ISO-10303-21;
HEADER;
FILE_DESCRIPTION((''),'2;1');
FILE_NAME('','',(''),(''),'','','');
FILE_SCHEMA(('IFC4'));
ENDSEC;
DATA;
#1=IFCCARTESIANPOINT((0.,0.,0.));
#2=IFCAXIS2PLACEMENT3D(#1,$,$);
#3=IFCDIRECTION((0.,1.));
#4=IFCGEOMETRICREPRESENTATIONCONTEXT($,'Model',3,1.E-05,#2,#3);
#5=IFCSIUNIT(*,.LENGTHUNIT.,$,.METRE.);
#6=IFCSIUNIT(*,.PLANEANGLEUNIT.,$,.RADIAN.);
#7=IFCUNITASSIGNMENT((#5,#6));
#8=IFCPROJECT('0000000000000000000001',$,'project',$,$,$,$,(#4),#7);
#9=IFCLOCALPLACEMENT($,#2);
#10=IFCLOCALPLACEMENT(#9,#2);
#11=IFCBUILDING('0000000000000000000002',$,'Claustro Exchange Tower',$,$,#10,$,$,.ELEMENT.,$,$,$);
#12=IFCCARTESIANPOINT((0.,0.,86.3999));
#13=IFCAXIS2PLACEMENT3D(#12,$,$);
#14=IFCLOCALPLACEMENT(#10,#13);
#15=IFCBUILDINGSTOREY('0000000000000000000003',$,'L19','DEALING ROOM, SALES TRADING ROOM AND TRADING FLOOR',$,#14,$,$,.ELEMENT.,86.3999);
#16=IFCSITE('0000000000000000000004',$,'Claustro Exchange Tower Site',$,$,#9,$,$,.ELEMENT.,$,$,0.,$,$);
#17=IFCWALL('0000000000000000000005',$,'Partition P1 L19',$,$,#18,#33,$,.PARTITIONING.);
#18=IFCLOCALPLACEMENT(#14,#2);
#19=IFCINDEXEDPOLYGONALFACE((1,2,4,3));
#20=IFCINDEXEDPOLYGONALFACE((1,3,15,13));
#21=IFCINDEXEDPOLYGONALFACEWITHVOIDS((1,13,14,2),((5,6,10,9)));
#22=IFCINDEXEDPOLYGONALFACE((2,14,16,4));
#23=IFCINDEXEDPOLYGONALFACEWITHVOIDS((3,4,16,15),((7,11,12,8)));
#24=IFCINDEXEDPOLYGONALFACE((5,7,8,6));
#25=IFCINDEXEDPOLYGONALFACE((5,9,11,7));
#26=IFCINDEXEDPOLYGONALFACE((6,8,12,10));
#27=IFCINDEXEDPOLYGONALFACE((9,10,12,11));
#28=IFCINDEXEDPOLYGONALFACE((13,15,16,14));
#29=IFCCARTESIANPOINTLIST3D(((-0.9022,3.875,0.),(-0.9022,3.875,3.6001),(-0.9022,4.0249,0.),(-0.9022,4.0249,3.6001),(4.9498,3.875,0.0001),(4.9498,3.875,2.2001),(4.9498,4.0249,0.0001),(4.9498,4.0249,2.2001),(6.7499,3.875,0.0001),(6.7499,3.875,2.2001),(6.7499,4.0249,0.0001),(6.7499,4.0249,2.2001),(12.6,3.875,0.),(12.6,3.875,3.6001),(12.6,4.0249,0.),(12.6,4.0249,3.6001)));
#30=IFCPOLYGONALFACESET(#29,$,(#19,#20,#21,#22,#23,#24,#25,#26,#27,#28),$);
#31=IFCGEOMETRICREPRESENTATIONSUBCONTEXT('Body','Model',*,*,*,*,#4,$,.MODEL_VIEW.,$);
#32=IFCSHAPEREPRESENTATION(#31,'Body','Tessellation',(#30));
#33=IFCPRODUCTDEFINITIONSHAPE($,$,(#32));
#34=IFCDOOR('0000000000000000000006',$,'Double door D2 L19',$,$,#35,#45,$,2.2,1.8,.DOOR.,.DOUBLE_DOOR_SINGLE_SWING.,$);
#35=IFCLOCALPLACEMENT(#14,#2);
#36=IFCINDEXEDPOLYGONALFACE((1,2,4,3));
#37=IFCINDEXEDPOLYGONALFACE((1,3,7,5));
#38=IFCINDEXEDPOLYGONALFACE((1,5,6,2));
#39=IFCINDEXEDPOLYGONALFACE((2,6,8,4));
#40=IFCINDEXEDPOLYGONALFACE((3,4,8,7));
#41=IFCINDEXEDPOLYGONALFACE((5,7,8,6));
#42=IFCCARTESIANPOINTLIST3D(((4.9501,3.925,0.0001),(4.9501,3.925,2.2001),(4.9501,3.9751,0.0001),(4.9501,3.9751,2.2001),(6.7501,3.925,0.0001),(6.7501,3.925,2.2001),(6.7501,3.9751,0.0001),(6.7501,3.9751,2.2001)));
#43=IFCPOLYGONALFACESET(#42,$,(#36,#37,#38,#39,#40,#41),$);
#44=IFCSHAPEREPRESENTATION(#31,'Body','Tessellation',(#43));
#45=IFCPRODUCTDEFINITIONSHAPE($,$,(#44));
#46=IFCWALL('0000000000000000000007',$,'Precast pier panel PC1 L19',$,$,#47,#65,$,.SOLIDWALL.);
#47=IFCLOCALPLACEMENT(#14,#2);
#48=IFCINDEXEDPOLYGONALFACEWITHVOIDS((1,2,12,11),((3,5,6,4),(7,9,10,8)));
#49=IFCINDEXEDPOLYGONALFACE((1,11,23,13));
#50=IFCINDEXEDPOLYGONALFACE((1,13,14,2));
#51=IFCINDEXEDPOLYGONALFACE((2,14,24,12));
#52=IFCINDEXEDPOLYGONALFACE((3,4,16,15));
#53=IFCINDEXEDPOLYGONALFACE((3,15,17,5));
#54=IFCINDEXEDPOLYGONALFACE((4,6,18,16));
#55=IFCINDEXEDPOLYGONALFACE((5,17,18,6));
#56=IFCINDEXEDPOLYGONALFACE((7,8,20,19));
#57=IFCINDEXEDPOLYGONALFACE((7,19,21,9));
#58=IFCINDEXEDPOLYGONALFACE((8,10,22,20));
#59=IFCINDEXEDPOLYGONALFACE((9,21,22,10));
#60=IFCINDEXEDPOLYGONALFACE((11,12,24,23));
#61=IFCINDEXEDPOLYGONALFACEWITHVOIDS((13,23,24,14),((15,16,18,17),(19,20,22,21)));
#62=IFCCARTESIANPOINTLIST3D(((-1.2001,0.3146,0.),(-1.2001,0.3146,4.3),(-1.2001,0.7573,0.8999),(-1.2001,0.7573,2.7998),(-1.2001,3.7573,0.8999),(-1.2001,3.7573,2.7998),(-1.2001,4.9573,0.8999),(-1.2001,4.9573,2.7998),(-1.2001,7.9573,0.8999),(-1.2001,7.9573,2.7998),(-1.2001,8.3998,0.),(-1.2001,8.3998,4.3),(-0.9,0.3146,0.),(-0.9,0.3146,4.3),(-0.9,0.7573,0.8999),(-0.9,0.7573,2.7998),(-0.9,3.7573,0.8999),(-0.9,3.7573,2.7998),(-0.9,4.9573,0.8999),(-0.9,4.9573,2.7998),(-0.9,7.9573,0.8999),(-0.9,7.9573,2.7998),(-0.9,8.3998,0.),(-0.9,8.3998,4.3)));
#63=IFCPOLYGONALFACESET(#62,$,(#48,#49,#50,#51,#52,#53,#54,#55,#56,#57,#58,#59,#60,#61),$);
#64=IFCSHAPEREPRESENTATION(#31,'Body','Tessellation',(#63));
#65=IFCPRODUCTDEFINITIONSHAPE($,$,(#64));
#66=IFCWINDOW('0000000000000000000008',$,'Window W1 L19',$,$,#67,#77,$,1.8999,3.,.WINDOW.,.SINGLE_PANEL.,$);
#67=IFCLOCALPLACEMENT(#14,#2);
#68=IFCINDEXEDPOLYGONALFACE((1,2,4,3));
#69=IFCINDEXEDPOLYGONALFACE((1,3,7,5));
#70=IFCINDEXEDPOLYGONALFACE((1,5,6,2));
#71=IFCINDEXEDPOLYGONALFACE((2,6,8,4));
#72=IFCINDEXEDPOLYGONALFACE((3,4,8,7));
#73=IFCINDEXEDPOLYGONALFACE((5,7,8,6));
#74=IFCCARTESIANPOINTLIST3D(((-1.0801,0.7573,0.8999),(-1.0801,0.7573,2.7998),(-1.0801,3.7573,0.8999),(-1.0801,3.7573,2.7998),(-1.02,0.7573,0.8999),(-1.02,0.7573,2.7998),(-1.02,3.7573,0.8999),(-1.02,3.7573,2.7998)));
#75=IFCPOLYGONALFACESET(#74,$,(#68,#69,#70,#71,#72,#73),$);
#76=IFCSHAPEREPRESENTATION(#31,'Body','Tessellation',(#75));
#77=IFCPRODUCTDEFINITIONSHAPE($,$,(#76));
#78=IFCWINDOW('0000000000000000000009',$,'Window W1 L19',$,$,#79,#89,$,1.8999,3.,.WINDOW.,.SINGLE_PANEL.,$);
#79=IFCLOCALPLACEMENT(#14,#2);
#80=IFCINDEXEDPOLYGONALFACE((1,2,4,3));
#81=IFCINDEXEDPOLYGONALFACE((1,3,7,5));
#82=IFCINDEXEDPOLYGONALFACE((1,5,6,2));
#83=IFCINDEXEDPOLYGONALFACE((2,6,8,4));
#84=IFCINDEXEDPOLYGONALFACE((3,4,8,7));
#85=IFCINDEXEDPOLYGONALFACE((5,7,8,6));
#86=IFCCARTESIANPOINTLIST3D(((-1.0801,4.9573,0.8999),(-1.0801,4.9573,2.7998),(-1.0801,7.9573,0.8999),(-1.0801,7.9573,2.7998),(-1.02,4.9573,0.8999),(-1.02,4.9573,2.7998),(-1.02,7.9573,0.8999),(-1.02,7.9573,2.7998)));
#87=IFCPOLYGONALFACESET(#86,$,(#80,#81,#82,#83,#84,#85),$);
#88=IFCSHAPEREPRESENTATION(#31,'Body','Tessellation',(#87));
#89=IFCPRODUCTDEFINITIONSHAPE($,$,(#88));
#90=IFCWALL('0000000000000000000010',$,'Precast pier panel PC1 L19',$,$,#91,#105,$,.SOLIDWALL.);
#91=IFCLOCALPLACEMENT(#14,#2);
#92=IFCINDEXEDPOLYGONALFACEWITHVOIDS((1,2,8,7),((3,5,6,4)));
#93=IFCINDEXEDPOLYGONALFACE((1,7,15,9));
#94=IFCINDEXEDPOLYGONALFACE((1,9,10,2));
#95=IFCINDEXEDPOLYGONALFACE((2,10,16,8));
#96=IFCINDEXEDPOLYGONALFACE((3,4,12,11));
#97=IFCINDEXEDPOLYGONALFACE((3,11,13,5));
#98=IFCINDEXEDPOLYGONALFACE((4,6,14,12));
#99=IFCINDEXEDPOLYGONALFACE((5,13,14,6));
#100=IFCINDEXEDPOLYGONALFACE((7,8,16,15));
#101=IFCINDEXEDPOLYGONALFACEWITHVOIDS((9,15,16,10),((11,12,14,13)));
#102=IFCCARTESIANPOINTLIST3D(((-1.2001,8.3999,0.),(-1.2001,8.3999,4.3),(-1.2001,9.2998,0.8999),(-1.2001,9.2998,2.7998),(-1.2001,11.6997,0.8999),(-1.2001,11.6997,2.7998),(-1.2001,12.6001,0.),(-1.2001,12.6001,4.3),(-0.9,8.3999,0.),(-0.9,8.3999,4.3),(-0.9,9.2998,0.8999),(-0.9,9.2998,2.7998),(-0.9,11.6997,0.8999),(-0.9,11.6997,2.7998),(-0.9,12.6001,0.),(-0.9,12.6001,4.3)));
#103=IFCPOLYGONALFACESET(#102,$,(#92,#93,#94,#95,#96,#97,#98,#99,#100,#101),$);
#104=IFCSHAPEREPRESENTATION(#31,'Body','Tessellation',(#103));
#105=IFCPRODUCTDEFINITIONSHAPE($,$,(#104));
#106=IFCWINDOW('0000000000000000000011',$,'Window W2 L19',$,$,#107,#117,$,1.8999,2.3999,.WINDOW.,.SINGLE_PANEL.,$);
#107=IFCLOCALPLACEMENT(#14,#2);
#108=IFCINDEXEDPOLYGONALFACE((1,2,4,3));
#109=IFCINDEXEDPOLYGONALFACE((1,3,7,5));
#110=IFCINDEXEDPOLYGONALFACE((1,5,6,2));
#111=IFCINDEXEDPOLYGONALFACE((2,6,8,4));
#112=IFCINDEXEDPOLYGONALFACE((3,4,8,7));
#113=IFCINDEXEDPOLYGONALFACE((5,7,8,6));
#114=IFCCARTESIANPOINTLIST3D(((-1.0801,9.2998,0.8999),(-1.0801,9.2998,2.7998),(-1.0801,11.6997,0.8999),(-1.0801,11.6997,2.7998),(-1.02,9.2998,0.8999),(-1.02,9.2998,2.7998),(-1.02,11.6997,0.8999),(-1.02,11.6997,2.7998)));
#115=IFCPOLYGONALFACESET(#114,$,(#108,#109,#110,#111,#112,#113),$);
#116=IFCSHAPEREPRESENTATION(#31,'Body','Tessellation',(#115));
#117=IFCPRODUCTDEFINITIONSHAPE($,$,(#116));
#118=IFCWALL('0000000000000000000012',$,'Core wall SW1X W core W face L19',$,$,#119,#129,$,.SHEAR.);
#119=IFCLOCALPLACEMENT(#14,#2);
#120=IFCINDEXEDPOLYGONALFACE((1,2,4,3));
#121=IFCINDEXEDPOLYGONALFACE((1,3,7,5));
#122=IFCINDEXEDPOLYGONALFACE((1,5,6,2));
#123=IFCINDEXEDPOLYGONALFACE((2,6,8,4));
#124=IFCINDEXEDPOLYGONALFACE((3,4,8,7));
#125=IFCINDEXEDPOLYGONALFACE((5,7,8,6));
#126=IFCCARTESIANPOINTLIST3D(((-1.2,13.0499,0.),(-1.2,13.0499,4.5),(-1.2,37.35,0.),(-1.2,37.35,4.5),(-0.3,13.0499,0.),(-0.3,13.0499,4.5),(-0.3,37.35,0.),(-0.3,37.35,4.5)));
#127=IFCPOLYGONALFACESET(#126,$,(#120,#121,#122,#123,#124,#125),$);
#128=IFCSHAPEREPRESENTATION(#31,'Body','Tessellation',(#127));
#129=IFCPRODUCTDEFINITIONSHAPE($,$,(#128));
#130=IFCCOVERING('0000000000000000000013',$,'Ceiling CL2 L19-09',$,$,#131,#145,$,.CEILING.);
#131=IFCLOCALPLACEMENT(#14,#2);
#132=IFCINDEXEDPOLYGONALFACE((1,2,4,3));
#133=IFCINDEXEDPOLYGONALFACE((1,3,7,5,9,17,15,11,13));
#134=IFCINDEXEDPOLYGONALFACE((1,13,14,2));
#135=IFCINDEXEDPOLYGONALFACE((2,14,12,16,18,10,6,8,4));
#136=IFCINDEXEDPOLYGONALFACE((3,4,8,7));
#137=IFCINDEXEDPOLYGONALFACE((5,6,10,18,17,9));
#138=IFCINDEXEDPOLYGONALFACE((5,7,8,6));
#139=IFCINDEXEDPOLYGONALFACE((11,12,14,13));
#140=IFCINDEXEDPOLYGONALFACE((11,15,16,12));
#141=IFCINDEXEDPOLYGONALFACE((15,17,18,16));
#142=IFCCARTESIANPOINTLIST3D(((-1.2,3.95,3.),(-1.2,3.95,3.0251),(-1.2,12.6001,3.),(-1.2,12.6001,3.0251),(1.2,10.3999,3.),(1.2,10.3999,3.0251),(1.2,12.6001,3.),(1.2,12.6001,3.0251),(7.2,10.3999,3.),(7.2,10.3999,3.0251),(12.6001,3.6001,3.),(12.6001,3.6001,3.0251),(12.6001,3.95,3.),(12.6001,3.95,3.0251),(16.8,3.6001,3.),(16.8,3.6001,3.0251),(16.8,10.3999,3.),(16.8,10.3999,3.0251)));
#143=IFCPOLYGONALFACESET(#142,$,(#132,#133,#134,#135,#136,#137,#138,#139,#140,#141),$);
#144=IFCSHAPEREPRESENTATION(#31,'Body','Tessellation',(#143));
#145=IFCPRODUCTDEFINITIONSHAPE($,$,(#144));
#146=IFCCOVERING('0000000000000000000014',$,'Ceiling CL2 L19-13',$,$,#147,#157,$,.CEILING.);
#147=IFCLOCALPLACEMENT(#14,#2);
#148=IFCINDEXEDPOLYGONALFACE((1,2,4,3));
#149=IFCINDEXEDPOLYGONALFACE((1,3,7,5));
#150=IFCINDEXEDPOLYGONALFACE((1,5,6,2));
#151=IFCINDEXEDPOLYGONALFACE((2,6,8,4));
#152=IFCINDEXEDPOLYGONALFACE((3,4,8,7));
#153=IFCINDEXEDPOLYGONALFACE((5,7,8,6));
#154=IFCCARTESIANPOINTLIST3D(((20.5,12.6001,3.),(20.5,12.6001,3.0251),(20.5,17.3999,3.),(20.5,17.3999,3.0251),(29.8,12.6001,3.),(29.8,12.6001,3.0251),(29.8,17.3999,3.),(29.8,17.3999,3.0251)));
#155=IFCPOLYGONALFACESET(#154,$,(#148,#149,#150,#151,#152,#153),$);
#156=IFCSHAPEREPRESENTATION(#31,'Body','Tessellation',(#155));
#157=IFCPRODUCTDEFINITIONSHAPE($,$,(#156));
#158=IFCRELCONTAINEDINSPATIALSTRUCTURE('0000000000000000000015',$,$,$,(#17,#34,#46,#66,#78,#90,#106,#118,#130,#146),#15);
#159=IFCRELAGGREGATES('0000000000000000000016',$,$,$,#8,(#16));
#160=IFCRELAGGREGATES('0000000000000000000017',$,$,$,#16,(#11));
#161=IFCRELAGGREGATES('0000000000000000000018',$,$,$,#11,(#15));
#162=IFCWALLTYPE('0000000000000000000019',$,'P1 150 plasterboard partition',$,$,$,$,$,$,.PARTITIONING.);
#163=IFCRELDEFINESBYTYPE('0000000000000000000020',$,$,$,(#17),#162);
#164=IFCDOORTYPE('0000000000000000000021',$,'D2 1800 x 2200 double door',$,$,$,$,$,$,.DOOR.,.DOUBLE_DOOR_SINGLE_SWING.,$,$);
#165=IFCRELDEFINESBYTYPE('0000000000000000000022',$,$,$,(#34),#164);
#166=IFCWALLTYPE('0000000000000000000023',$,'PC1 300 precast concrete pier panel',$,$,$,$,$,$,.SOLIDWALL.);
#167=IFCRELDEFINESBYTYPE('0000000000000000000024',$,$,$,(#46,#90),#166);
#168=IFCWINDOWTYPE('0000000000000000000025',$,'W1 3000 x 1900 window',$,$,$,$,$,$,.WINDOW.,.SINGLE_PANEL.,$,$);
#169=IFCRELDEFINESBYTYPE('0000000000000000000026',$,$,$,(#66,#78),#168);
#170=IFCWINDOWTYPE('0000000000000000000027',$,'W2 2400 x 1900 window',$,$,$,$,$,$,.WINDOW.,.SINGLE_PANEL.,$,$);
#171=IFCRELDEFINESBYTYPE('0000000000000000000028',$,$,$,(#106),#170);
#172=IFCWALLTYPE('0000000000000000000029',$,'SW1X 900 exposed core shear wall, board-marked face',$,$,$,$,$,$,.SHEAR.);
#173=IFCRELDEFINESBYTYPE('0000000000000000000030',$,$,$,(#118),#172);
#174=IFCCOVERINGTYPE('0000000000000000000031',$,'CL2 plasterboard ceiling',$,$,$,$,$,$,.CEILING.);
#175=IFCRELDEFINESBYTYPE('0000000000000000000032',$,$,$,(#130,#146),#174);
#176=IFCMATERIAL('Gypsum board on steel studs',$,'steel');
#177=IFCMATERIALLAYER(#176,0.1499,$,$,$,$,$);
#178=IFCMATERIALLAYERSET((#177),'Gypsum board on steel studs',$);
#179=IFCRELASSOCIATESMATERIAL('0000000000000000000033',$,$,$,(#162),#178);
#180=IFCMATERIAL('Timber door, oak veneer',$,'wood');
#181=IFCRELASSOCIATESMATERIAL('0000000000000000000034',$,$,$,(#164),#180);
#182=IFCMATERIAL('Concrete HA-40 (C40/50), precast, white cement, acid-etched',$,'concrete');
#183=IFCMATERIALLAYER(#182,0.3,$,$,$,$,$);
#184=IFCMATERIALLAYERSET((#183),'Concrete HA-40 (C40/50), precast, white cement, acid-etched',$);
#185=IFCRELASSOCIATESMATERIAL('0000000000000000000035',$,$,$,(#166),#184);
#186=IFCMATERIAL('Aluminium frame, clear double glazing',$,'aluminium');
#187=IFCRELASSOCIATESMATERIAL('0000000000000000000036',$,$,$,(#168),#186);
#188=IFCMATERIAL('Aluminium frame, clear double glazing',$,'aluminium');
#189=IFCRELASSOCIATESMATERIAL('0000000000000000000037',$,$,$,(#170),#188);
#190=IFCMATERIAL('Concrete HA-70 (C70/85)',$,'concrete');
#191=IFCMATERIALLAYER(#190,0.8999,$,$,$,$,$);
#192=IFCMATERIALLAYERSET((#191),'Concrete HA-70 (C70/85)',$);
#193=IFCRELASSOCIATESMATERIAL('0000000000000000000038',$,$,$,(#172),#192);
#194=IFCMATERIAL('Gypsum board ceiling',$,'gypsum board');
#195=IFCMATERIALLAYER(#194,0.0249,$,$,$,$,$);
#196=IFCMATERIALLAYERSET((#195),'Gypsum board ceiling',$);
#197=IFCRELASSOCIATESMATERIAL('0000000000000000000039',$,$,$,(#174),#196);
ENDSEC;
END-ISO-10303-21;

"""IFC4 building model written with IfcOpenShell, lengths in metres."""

from ifc_helpers import new_model, si_unit, direction, frame, frame_2d, origin, place, context, subcontext, project, spatial, polyline, rectangle, outline, extrude, material, layer, layer_set, type_object, element, fill, save


model = new_model("IFC4")

# Units and contexts
model_context = context("Model", 3, precision=1e-05, world=origin(), true_north=direction((0.0, 1.0)))
body_context = subcontext(model_context, "Body", "Model", "MODEL_VIEW")
ifc_project = project(units=[si_unit("LENGTHUNIT", "METRE"), si_unit("PLANEANGLEUNIT", "RADIAN")], contexts=[model_context])

# Site, building, storey
site_placement = place(None, origin())
site = spatial("IfcSite", under=ifc_project, at=site_placement, Name="Claustro Exchange Tower Site", CompositionType="ELEMENT", RefElevation=0.0)
building_placement = place(site_placement, origin())
building = spatial("IfcBuilding", under=site, at=building_placement, Name="Claustro Exchange Tower", CompositionType="ELEMENT")
storey_placement = place(building_placement, frame((0.0, 0.0, 86.3999)))
storey = spatial("IfcBuildingStorey", under=building, at=storey_placement, Name="L19", Description="DEALING ROOM, SALES TRADING ROOM AND TRADING FLOOR", CompositionType="ELEMENT", Elevation=86.3999)

# Wall, opening, door
ifc_material_1 = material(Name="Gypsum board on steel studs", Category="steel")
ifc_layer_1 = layer(ifc_material_1, 0.1499)
ifc_layer_set_1 = layer_set([ifc_layer_1], Name="Gypsum board on steel studs")
wall_type_1 = type_object("IfcWallType", Name="P1 150 plasterboard partition", PredefinedType="PARTITIONING", material=ifc_layer_set_1)
wall_1_placement = place(storey_placement, frame((-0.9021, 3.95, 0.0), z_axis=(0.0, 0.0, 1.0), x_axis=(1.0, 0.0, 0.0)))
wall_1 = element("IfcWall", 1, at=wall_1_placement, inside=storey, type_object=wall_type_1, Name="Partition P1 L19", PredefinedType="PARTITIONING", context=body_context, shape_type="SweptSolid", body=[
    extrude(rectangle(XDim=13.5022, YDim=0.1499, at=frame_2d((6.751, 0.0))), origin(), (0.0, 0.0, 1.0), 3.6001),
])
opening_1_placement = place(wall_1_placement, frame((5.8521, 0.0, 0.0)))
opening_1 = element("IfcOpeningElement", 2, at=opening_1_placement, cuts=wall_1, PredefinedType="OPENING", context=body_context, shape_type="SweptSolid", body=[
    extrude(rectangle(XDim=1.8, YDim=2.2, at=frame_2d((0.8999, 1.1001))), frame((0.0, 0.085, 0.0), z_axis=(0.0, -1.0, 0.0), x_axis=(1.0, 0.0, 0.0)), (0.0, 0.0, 1.0), 0.1699),
])
ifc_material_2 = material(Name="Timber door, oak veneer", Category="wood")
door_type_1 = type_object("IfcDoorType", Name="D2 1800 x 2200 double door", OperationType="DOUBLE_DOOR_SINGLE_SWING", PredefinedType="DOOR", material=ifc_material_2)
door_1_placement = place(opening_1_placement, frame((1.8, 0.0, 0.0), z_axis=(0.0, 0.0, 1.0), x_axis=(-1.0, 0.0, 0.0)))
door_1 = element("IfcDoor", 3, at=door_1_placement, inside=storey, type_object=door_type_1, Name="Double door D2 L19", OperationType="DOUBLE_DOOR_SINGLE_SWING", OverallHeight=2.2, OverallWidth=1.8, PredefinedType="DOOR", context=body_context, shape_type="SweptSolid", body=[
    extrude(rectangle(XDim=1.8, YDim=2.2, at=frame_2d((0.8999, 1.1001))), frame((0.0, 0.0249, 0.0), z_axis=(0.0, -1.0, 0.0), x_axis=(1.0, 0.0, 0.0)), (0.0, 0.0, 1.0), 0.05),
])
fill(opening_1, door_1)

# Wall, openings, windows
ifc_material_3 = material(Name="Concrete HA-40 (C40/50), precast, white cement, acid-etched", Category="concrete")
ifc_layer_2 = layer(ifc_material_3, 0.3)
ifc_layer_set_2 = layer_set([ifc_layer_2], Name="Concrete HA-40 (C40/50), precast, white cement, acid-etched")
wall_type_2 = type_object("IfcWallType", Name="PC1 300 precast concrete pier panel", PredefinedType="SOLIDWALL", material=ifc_layer_set_2)
wall_2_placement = place(storey_placement, frame((-1.05, 0.3147, 0.0), z_axis=(0.0, 0.0, 1.0), x_axis=(0.0, 1.0, 0.0)))
wall_2 = element("IfcWall", 4, at=wall_2_placement, inside=storey, type_object=wall_type_2, Name="Precast pier panel PC1 L19", PredefinedType="SOLIDWALL", context=body_context, shape_type="SweptSolid", body=[
    extrude(rectangle(XDim=8.0852, YDim=0.3, at=frame_2d((4.0425, 0.0))), origin(), (0.0, 0.0, 1.0), 4.3),
])
opening_2_placement = place(wall_2_placement, frame((0.4426, 0.0, 0.8999)))
opening_2 = element("IfcOpeningElement", 5, at=opening_2_placement, cuts=wall_2, PredefinedType="OPENING", context=body_context, shape_type="SweptSolid", body=[
    extrude(rectangle(XDim=3.0, YDim=1.8999, at=frame_2d((1.5, 0.95))), frame((0.0, 0.1599, 0.0), z_axis=(0.0, -1.0, 0.0), x_axis=(1.0, 0.0, 0.0)), (0.0, 0.0, 1.0), 0.3201),
])
opening_3_placement = place(wall_2_placement, frame((4.6426, 0.0, 0.8999)))
opening_3 = element("IfcOpeningElement", 6, at=opening_3_placement, cuts=wall_2, PredefinedType="OPENING", context=body_context, shape_type="SweptSolid", body=[
    extrude(rectangle(XDim=3.0, YDim=1.8999, at=frame_2d((1.5, 0.95))), frame((0.0, 0.1599, 0.0), z_axis=(0.0, -1.0, 0.0), x_axis=(1.0, 0.0, 0.0)), (0.0, 0.0, 1.0), 0.3201),
])
ifc_material_4 = material(Name="Aluminium frame, clear double glazing", Category="aluminium")
window_type_1 = type_object("IfcWindowType", Name="W1 3000 x 1900 window", PartitioningType="SINGLE_PANEL", PredefinedType="WINDOW", material=ifc_material_4)
window_1_placement = place(opening_2_placement, origin())
window_1 = element("IfcWindow", 7, at=window_1_placement, inside=storey, type_object=window_type_1, Name="Window W1 L19", OverallHeight=1.8999, OverallWidth=3.0, PartitioningType="SINGLE_PANEL", PredefinedType="WINDOW", context=body_context, shape_type="SweptSolid", body=[
    extrude(rectangle(XDim=3.0, YDim=1.8999, at=frame_2d((1.5, 0.95))), frame((0.0, 0.03, 0.0), z_axis=(0.0, -1.0, 0.0), x_axis=(1.0, 0.0, 0.0)), (0.0, 0.0, 1.0), 0.0601),
])
fill(opening_2, window_1)
window_2_placement = place(opening_3_placement, origin())
window_2 = element("IfcWindow", 8, at=window_2_placement, inside=storey, type_object=window_type_1, Name="Window W1 L19", OverallHeight=1.8999, OverallWidth=3.0, PartitioningType="SINGLE_PANEL", PredefinedType="WINDOW", context=body_context, shape_type="SweptSolid", body=[
    extrude(rectangle(XDim=3.0, YDim=1.8999, at=frame_2d((1.5, 0.95))), frame((0.0, 0.03, 0.0), z_axis=(0.0, -1.0, 0.0), x_axis=(1.0, 0.0, 0.0)), (0.0, 0.0, 1.0), 0.0601),
])
fill(opening_3, window_2)

# Wall, opening, window
wall_3_placement = place(storey_placement, frame((-1.05, 8.3999, 0.0), z_axis=(0.0, 0.0, 1.0), x_axis=(0.0, 1.0, 0.0)))
wall_3 = element("IfcWall", 9, at=wall_3_placement, inside=storey, type_object=wall_type_2, Name="Precast pier panel PC1 L19", PredefinedType="SOLIDWALL", context=body_context, shape_type="SweptSolid", body=[
    extrude(rectangle(XDim=4.2002, YDim=0.3, at=frame_2d((2.1001, 0.0))), origin(), (0.0, 0.0, 1.0), 4.3),
])
opening_4_placement = place(wall_3_placement, frame((0.8999, 0.0, 0.8999)))
opening_4 = element("IfcOpeningElement", 10, at=opening_4_placement, cuts=wall_3, PredefinedType="OPENING", context=body_context, shape_type="SweptSolid", body=[
    extrude(rectangle(XDim=2.3999, YDim=1.8999, at=frame_2d((1.2, 0.95))), frame((0.0, 0.1599, 0.0), z_axis=(0.0, -1.0, 0.0), x_axis=(1.0, 0.0, 0.0)), (0.0, 0.0, 1.0), 0.3201),
])
ifc_material_5 = material(Name="Aluminium frame, clear double glazing", Category="aluminium")
window_type_2 = type_object("IfcWindowType", Name="W2 2400 x 1900 window", PartitioningType="SINGLE_PANEL", PredefinedType="WINDOW", material=ifc_material_5)
window_3_placement = place(opening_4_placement, origin())
window_3 = element("IfcWindow", 11, at=window_3_placement, inside=storey, type_object=window_type_2, Name="Window W2 L19", OverallHeight=1.8999, OverallWidth=2.3999, PartitioningType="SINGLE_PANEL", PredefinedType="WINDOW", context=body_context, shape_type="SweptSolid", body=[
    extrude(rectangle(XDim=2.3999, YDim=1.8999, at=frame_2d((1.2, 0.95))), frame((0.0, 0.03, 0.0), z_axis=(0.0, -1.0, 0.0), x_axis=(1.0, 0.0, 0.0)), (0.0, 0.0, 1.0), 0.0601),
])
fill(opening_4, window_3)

# Wall
ifc_material_6 = material(Name="Concrete HA-70 (C70/85)", Category="concrete")
ifc_layer_3 = layer(ifc_material_6, 0.8999)
ifc_layer_set_3 = layer_set([ifc_layer_3], Name="Concrete HA-70 (C70/85)")
wall_type_3 = type_object("IfcWallType", Name="SW1X 900 exposed core shear wall, board-marked face", PredefinedType="SHEAR", material=ifc_layer_set_3)
wall_4_placement = place(storey_placement, frame((-0.75, 13.05, 0.0), z_axis=(0.0, 0.0, 1.0), x_axis=(0.0, 1.0, 0.0)))
element("IfcWall", 12, at=wall_4_placement, inside=storey, type_object=wall_type_3, Name="Core wall SW1X W core W face L19", PredefinedType="SHEAR", context=body_context, shape_type="SweptSolid", body=[
    extrude(rectangle(XDim=24.3, YDim=0.8999, at=frame_2d((12.1499, 0.0))), origin(), (0.0, 0.0, 1.0), 4.5),
])

# Coverings
ifc_material_7 = material(Name="Gypsum board ceiling", Category="gypsum board")
ifc_layer_4 = layer(ifc_material_7, 0.0249)
ifc_layer_set_4 = layer_set([ifc_layer_4], Name="Gypsum board ceiling")
covering_type_1 = type_object("IfcCoveringType", Name="CL2 plasterboard ceiling", PredefinedType="CEILING", material=ifc_layer_set_4)
covering_1_placement = place(storey_placement, frame((0.0, 0.0, 3.0)))
element("IfcCovering", 13, at=covering_1_placement, inside=storey, type_object=covering_type_1, Name="Ceiling CL2 L19-09", PredefinedType="CEILING", context=body_context, shape_type="SweptSolid", body=[
    extrude(outline(polyline([(-1.2, 12.6001), (-1.2, 3.95), (12.6001, 3.95), (12.6001, 3.6001), (16.8, 3.6001), (16.8, 10.3999), (7.2, 10.3999), (1.2, 10.3999), (1.2, 12.6001), (-1.2, 12.6001)])), origin(), (0.0, 0.0, 1.0), 0.0251),
])
covering_2_placement = place(storey_placement, frame((0.0, 0.0, 3.0)))
element("IfcCovering", 14, at=covering_2_placement, inside=storey, type_object=covering_type_1, Name="Ceiling CL2 L19-13", PredefinedType="CEILING", context=body_context, shape_type="SweptSolid", body=[
    extrude(outline(polyline([(29.8, 17.3999), (20.5, 17.3999), (20.5, 12.6001), (29.8, 12.6001), (29.8, 17.3999)])), origin(), (0.0, 0.0, 1.0), 0.0251),
])

save(model, "model.ifc")
